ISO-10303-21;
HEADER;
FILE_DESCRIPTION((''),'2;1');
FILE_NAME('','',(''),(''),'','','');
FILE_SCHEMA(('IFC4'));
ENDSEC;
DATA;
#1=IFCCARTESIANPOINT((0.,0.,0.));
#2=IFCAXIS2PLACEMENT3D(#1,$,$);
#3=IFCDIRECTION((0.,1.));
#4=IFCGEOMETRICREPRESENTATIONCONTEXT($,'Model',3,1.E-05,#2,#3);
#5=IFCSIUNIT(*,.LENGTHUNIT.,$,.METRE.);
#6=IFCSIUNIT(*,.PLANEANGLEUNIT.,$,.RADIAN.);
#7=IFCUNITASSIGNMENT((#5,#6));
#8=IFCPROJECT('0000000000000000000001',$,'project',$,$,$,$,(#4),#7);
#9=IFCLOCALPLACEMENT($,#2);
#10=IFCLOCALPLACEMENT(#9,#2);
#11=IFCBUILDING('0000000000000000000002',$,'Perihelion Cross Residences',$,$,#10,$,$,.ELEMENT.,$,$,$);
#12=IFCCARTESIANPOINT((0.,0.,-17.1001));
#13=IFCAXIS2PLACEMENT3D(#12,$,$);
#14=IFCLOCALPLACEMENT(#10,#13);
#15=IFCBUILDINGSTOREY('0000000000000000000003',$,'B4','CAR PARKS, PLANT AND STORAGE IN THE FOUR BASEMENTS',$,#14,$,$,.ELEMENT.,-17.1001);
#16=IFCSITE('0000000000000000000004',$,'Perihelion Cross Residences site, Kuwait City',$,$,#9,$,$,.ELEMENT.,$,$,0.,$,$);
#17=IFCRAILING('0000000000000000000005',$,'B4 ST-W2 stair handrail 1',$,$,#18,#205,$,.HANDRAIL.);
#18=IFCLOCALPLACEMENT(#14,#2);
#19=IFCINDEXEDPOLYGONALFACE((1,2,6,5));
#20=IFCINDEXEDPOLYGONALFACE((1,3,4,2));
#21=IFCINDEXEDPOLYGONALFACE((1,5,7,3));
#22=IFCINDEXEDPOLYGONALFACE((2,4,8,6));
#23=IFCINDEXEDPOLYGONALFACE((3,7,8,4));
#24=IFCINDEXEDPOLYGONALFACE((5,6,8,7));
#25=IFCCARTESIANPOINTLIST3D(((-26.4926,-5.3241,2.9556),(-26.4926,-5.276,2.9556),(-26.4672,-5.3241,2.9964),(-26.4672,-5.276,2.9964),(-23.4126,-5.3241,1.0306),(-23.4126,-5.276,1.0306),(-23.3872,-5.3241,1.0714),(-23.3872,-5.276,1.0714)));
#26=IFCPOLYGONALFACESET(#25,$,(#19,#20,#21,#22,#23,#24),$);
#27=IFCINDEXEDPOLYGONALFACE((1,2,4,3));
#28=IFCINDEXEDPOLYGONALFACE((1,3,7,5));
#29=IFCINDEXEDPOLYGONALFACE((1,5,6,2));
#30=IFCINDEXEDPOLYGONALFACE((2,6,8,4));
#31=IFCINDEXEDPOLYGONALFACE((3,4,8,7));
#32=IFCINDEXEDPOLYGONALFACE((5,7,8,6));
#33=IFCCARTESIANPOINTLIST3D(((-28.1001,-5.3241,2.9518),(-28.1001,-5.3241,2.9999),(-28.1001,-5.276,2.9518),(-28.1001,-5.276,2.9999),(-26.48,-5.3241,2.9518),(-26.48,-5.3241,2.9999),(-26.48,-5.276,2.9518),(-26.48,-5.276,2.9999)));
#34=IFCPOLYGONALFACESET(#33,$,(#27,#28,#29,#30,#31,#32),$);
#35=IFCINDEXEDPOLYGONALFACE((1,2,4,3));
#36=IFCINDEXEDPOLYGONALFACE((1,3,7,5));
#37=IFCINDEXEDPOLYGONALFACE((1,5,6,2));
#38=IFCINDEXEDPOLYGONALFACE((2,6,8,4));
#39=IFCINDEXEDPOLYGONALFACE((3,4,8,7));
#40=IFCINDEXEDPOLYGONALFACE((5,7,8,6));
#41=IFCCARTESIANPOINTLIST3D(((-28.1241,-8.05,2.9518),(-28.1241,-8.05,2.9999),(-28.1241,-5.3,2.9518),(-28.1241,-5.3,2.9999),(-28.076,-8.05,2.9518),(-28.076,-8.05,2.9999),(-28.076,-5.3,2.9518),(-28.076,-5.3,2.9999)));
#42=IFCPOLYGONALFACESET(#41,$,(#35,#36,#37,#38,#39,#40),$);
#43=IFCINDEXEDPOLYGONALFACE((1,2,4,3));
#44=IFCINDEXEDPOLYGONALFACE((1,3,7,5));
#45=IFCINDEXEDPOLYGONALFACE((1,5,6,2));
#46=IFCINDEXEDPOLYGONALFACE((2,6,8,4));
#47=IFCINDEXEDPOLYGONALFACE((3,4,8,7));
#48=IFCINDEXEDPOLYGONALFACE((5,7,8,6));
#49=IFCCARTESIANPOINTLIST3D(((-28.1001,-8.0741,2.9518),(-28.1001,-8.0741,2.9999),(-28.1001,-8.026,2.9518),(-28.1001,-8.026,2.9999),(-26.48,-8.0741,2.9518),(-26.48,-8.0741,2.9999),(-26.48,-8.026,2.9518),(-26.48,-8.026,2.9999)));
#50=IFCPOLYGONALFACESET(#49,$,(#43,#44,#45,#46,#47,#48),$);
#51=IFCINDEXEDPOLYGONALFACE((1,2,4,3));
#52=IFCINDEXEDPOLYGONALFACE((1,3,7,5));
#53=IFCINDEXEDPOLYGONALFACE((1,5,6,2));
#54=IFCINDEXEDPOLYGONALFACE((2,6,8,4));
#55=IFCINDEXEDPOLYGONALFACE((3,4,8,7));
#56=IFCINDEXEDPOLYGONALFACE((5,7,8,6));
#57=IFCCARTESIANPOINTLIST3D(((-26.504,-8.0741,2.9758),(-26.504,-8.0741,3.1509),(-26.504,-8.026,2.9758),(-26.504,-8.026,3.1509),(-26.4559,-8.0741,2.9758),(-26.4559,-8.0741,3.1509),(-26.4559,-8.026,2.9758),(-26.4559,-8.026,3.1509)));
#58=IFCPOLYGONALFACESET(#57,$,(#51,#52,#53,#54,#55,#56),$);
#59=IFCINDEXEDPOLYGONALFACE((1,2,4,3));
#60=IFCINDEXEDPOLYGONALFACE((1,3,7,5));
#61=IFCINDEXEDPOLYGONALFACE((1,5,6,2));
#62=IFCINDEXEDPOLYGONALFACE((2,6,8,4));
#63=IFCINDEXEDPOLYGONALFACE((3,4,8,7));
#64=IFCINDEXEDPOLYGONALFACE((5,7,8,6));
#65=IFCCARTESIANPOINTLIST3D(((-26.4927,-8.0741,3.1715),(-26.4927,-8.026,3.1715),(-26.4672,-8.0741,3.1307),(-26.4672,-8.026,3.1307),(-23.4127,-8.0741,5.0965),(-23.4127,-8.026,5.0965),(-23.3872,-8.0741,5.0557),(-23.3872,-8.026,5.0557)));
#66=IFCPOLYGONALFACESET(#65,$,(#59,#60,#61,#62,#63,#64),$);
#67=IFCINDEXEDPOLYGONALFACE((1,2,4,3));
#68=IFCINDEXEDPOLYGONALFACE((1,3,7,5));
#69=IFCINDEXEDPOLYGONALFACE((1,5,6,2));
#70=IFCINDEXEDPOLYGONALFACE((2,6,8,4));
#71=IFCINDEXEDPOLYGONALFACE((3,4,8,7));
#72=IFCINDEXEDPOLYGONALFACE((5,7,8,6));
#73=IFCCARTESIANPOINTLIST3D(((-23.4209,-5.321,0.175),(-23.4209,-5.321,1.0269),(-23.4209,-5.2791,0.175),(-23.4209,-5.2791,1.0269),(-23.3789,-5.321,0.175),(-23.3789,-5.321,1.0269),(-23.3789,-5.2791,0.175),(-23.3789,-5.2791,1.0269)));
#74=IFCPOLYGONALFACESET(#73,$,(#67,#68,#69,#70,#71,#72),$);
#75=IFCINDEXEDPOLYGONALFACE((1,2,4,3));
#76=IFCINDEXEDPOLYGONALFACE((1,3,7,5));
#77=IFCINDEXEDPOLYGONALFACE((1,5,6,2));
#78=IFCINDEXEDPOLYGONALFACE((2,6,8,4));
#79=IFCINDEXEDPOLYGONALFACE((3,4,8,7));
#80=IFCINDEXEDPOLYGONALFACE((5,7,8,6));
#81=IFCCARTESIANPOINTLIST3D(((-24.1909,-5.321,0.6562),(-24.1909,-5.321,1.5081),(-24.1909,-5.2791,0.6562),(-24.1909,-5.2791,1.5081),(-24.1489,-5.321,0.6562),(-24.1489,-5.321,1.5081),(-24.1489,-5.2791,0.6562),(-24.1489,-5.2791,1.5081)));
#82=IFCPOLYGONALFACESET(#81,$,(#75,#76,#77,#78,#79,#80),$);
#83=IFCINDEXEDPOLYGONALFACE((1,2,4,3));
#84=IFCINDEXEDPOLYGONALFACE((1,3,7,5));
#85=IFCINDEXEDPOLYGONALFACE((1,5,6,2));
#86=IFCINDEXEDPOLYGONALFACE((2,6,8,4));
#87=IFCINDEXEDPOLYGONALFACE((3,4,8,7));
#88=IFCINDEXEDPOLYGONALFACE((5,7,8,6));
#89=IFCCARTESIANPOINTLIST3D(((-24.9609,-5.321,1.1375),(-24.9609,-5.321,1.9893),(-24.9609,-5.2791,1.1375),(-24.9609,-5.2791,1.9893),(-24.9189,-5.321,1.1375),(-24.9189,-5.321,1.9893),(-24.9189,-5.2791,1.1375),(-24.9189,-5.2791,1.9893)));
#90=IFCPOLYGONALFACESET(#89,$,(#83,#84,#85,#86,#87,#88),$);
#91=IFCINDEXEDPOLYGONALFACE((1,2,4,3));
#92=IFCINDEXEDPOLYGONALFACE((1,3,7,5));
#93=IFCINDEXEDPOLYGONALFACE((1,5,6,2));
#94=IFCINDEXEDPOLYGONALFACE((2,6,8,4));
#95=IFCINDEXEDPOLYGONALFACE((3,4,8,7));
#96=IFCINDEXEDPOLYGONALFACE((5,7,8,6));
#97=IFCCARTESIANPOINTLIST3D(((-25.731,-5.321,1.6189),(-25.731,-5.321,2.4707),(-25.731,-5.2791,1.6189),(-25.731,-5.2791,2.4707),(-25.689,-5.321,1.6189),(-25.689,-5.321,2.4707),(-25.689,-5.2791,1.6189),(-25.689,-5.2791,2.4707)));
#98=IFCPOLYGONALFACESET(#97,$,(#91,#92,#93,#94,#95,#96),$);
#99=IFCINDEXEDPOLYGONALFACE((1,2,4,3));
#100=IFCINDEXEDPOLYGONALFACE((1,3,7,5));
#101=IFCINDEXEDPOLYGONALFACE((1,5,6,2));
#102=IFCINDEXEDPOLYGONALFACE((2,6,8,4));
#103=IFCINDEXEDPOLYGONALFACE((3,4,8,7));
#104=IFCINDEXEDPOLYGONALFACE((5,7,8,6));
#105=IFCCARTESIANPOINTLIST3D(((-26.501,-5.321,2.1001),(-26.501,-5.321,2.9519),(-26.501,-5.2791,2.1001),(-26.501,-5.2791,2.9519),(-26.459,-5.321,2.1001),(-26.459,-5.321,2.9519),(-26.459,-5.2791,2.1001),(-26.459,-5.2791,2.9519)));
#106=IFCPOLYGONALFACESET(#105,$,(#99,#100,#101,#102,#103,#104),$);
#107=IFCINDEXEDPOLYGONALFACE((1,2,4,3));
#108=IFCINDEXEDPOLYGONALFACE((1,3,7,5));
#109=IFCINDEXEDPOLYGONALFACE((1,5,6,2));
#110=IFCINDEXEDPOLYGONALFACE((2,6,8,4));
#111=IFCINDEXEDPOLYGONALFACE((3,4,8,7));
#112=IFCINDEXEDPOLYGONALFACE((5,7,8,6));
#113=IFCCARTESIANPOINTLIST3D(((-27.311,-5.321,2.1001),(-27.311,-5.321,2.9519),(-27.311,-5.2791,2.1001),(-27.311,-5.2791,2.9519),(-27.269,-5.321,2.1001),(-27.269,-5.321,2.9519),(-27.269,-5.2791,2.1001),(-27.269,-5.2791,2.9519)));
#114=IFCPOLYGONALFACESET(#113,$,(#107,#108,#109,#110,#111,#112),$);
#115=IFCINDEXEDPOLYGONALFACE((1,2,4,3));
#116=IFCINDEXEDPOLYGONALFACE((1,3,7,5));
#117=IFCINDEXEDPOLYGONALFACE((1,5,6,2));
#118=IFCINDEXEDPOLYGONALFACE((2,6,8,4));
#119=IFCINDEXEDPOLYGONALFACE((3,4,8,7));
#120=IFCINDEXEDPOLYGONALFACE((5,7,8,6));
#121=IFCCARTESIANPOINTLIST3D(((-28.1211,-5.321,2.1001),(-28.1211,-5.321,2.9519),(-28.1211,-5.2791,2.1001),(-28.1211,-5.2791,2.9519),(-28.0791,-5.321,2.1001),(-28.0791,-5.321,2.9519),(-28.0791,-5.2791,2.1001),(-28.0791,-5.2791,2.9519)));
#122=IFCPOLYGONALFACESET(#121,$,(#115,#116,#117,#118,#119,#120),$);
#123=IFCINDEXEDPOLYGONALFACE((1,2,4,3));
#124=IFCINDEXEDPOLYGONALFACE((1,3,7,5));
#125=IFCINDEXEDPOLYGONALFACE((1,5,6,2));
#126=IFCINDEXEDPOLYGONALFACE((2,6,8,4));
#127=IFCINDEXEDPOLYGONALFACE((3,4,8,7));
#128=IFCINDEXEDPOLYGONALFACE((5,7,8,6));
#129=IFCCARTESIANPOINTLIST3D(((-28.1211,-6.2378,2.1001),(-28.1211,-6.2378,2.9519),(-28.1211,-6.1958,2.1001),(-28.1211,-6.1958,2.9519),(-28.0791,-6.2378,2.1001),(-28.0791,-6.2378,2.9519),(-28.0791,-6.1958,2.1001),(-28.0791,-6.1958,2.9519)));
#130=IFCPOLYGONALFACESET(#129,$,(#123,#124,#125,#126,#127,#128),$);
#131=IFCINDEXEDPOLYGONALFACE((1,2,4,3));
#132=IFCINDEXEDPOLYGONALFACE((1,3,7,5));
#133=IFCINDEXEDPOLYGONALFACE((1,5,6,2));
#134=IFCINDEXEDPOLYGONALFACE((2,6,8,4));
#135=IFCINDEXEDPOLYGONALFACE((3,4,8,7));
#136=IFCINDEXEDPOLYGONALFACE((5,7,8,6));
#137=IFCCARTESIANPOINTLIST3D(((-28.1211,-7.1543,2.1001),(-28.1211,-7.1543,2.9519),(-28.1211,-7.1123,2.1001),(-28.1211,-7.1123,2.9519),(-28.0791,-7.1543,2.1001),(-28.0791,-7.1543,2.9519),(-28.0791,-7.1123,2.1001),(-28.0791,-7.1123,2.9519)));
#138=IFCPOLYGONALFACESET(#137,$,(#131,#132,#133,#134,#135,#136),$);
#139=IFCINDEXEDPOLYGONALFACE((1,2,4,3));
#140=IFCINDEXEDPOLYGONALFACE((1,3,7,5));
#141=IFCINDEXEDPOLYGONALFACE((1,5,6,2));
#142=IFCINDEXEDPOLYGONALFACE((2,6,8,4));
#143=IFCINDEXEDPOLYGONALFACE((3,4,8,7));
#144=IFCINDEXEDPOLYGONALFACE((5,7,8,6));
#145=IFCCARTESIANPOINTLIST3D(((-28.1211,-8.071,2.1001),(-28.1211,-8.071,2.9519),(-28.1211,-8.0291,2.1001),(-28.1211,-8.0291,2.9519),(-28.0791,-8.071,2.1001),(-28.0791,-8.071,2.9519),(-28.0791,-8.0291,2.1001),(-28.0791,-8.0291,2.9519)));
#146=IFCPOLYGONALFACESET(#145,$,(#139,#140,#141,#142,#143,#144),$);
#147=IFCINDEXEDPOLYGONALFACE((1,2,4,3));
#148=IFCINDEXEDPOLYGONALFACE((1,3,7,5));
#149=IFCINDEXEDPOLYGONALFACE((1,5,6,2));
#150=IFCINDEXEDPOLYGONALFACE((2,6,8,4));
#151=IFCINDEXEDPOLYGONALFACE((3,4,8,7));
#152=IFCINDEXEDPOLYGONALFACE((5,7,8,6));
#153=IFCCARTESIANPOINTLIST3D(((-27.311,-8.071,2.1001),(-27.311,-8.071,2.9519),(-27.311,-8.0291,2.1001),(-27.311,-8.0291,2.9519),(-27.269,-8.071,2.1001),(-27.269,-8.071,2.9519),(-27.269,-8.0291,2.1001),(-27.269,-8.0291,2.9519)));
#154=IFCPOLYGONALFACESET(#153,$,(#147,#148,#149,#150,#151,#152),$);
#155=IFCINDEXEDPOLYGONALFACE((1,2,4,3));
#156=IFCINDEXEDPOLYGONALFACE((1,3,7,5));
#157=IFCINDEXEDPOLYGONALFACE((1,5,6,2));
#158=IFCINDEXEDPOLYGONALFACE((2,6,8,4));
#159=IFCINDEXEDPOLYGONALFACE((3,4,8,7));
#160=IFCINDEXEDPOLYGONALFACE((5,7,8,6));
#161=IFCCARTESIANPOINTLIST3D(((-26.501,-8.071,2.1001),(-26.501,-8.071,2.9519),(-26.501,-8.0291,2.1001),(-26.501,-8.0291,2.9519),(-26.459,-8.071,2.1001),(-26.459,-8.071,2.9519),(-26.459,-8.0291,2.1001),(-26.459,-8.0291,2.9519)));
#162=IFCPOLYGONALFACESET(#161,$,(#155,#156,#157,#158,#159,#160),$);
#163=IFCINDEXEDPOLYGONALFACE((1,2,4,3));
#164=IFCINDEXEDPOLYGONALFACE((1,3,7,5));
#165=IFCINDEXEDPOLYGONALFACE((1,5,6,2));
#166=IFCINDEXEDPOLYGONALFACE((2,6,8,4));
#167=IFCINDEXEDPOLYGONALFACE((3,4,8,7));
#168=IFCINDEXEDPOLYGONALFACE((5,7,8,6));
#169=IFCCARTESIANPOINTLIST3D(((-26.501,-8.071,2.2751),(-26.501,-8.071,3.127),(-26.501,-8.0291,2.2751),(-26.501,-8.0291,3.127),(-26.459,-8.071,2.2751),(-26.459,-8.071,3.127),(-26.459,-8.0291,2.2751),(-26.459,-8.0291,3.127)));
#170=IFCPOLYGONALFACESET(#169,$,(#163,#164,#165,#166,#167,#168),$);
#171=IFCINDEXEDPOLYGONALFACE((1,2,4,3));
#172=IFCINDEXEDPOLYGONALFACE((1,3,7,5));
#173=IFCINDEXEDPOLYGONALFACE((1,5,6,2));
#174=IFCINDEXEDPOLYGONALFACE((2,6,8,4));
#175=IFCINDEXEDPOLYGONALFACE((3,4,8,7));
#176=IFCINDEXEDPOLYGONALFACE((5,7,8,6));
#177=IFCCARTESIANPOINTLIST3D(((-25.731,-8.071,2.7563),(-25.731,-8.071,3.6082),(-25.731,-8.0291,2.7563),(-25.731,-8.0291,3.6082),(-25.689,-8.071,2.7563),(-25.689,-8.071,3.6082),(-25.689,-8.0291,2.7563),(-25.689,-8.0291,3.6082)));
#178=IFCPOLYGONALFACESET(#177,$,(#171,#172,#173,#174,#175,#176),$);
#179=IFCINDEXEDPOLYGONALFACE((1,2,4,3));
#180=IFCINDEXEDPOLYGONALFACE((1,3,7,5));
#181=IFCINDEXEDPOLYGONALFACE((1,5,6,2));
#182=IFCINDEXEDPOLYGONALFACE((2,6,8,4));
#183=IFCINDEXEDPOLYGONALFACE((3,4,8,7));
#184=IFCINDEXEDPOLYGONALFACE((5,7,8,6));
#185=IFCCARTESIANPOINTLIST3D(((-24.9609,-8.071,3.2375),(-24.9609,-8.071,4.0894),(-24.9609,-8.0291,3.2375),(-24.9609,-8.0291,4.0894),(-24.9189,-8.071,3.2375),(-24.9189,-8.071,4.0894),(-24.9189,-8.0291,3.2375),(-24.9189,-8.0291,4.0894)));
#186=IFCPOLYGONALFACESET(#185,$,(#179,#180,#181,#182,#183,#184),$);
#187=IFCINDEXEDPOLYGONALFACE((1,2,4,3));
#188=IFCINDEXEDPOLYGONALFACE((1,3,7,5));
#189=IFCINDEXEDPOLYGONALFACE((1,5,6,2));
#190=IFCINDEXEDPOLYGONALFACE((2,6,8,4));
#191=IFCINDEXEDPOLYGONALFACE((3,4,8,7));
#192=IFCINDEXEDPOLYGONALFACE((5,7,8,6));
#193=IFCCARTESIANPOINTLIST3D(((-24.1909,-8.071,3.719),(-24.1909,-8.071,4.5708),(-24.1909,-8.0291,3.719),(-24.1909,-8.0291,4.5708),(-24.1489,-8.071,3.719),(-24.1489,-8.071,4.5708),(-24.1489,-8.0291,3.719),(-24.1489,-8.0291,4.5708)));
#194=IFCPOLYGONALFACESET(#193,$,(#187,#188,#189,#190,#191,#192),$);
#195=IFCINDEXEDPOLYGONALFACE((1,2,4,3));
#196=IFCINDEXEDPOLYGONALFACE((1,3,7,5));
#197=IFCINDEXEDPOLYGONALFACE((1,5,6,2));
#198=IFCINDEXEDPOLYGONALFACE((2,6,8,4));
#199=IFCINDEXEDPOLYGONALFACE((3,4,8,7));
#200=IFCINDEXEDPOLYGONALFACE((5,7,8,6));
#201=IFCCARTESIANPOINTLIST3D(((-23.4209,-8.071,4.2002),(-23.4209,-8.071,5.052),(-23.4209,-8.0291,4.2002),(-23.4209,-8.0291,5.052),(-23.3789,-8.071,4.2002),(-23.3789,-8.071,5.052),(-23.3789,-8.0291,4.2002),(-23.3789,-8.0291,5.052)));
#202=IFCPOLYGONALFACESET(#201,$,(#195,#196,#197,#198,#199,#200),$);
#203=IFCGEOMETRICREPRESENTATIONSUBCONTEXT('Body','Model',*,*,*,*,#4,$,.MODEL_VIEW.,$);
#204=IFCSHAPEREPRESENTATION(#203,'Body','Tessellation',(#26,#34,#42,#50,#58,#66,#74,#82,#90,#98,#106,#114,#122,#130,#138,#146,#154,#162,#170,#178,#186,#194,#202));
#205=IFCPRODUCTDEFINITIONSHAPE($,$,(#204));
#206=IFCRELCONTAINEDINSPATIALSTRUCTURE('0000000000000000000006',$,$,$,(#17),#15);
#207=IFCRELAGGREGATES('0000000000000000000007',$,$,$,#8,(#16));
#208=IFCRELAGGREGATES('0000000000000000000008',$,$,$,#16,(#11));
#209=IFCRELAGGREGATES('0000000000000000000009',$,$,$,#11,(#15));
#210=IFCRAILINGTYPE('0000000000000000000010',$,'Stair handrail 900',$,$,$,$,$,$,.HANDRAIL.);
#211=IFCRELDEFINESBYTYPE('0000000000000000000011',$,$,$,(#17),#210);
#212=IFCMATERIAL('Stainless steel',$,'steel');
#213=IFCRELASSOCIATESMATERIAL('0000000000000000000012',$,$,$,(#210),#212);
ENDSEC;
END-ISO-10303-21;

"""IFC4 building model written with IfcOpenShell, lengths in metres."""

from ifc_helpers import new_model, si_unit, direction, frame, origin, origin_2d, place, context, subcontext, project, spatial, rectangle, extrude, material, type_object, element, save


model = new_model("IFC4")

# Units and contexts
model_context = context("Model", 3, precision=1e-05, world=origin(), true_north=direction((0.0, 1.0)))
body_context = subcontext(model_context, "Body", "Model", "MODEL_VIEW")
ifc_project = project(units=[si_unit("LENGTHUNIT", "METRE"), si_unit("PLANEANGLEUNIT", "RADIAN")], contexts=[model_context])

# Site, building, storey
site_placement = place(None, origin())
site = spatial("IfcSite", under=ifc_project, at=site_placement, Name="Perihelion Cross Residences site, Kuwait City", CompositionType="ELEMENT", RefElevation=0.0)
building_placement = place(site_placement, origin())
building = spatial("IfcBuilding", under=site, at=building_placement, Name="Perihelion Cross Residences", CompositionType="ELEMENT")
storey_placement = place(building_placement, frame((0.0, 0.0, -17.1001)))
storey = spatial("IfcBuildingStorey", under=building, at=storey_placement, Name="B4", Description="CAR PARKS, PLANT AND STORAGE IN THE FOUR BASEMENTS", CompositionType="ELEMENT", Elevation=-17.1001)

# Railing
ifc_material_1 = material(Name="Stainless steel", Category="steel")
railing_type_1 = type_object("IfcRailingType", Name="Stair handrail 900", PredefinedType="HANDRAIL", material=ifc_material_1)
railing_1_placement = place(storey_placement, frame((-23.3999, -5.3, 0.175)))
element("IfcRailing", 1, at=railing_1_placement, inside=storey, type_object=railing_type_1, Name="B4 ST-W2 stair handrail 1", PredefinedType="HANDRAIL", context=body_context, shape_type="SweptSolid", body=[
    extrude(rectangle(XDim=0.0481, YDim=0.0481, at=origin_2d()), frame((0.0, 0.0, 0.876), z_axis=(-0.847998, 0.0, 0.529999), x_axis=(0.0, -1.0, 0.0)), (0.0, 0.0, 1.0), 3.6321),
    extrude(rectangle(XDim=0.0481, YDim=0.0481, at=origin_2d()), frame((-3.0801, 0.0, 2.8008), z_axis=(-1.0, 0.0, 0.0), x_axis=(0.0, -1.0, 0.0)), (0.0, 0.0, 1.0), 1.6201),
    extrude(rectangle(XDim=0.0481, YDim=0.0481, at=origin_2d()), frame((-4.7002, 0.0, 2.8008), z_axis=(0.0, -1.0, 0.0), x_axis=(1.0, 0.0, 0.0)), (0.0, 0.0, 1.0), 2.75),
    extrude(rectangle(XDim=0.0481, YDim=0.0481, at=origin_2d()), frame((-4.7002, -2.75, 2.8008), z_axis=(1.0, 0.0, 0.0), x_axis=(0.0, 1.0, 0.0)), (0.0, 0.0, 1.0), 1.6201),
    extrude(rectangle(XDim=0.0481, YDim=0.0481, at=origin_2d()), frame((-3.0801, -2.75, 2.8008), z_axis=(0.0, 0.0, 1.0), x_axis=(1.0, 0.0, 0.0)), (0.0, 0.0, 1.0), 0.175),
    extrude(rectangle(XDim=0.0481, YDim=0.0481, at=origin_2d()), frame((-3.0801, -2.75, 2.9761), z_axis=(0.847998, 0.0, 0.529999), x_axis=(0.0, 1.0, 0.0)), (0.0, 0.0, 1.0), 3.6321),
    extrude(rectangle(XDim=0.042, YDim=0.042, at=origin_2d()), origin(), (0.0, 0.0, 1.0), 0.8518),
    extrude(rectangle(XDim=0.042, YDim=0.042, at=origin_2d()), frame((-0.77, 0.0, 0.4812)), (0.0, 0.0, 1.0), 0.8518),
    extrude(rectangle(XDim=0.042, YDim=0.042, at=origin_2d()), frame((-1.54, 0.0, 0.9624)), (0.0, 0.0, 1.0), 0.8518),
    extrude(rectangle(XDim=0.042, YDim=0.042, at=origin_2d()), frame((-2.3101, 0.0, 1.4438)), (0.0, 0.0, 1.0), 0.8518),
    extrude(rectangle(XDim=0.042, YDim=0.042, at=origin_2d()), frame((-3.0801, 0.0, 1.925)), (0.0, 0.0, 1.0), 0.8518),
    extrude(rectangle(XDim=0.042, YDim=0.042, at=origin_2d()), frame((-3.8901, 0.0, 1.925)), (0.0, 0.0, 1.0), 0.8518),
    extrude(rectangle(XDim=0.042, YDim=0.042, at=origin_2d()), frame((-4.7002, 0.0, 1.925)), (0.0, 0.0, 1.0), 0.8518),
    extrude(rectangle(XDim=0.042, YDim=0.042, at=origin_2d()), frame((-4.7002, -0.9167, 1.925)), (0.0, 0.0, 1.0), 0.8518),
    extrude(rectangle(XDim=0.042, YDim=0.042, at=origin_2d()), frame((-4.7002, -1.8333, 1.925)), (0.0, 0.0, 1.0), 0.8518),
    extrude(rectangle(XDim=0.042, YDim=0.042, at=origin_2d()), frame((-4.7002, -2.75, 1.925)), (0.0, 0.0, 1.0), 0.8518),
    extrude(rectangle(XDim=0.042, YDim=0.042, at=origin_2d()), frame((-3.8901, -2.75, 1.925)), (0.0, 0.0, 1.0), 0.8518),
    extrude(rectangle(XDim=0.042, YDim=0.042, at=origin_2d()), frame((-3.0801, -2.75, 1.925)), (0.0, 0.0, 1.0), 0.8518),
    extrude(rectangle(XDim=0.042, YDim=0.042, at=origin_2d()), frame((-3.0801, -2.75, 2.1001)), (0.0, 0.0, 1.0), 0.8518),
    extrude(rectangle(XDim=0.042, YDim=0.042, at=origin_2d()), frame((-2.3101, -2.75, 2.5813)), (0.0, 0.0, 1.0), 0.8518),
    extrude(rectangle(XDim=0.042, YDim=0.042, at=origin_2d()), frame((-1.54, -2.75, 3.0625)), (0.0, 0.0, 1.0), 0.8518),
    extrude(rectangle(XDim=0.042, YDim=0.042, at=origin_2d()), frame((-0.77, -2.75, 3.5439)), (0.0, 0.0, 1.0), 0.8518),
    extrude(rectangle(XDim=0.042, YDim=0.042, at=origin_2d()), frame((0.0, -2.75, 4.0251)), (0.0, 0.0, 1.0), 0.8518),
])

save(model, "model.ifc")
